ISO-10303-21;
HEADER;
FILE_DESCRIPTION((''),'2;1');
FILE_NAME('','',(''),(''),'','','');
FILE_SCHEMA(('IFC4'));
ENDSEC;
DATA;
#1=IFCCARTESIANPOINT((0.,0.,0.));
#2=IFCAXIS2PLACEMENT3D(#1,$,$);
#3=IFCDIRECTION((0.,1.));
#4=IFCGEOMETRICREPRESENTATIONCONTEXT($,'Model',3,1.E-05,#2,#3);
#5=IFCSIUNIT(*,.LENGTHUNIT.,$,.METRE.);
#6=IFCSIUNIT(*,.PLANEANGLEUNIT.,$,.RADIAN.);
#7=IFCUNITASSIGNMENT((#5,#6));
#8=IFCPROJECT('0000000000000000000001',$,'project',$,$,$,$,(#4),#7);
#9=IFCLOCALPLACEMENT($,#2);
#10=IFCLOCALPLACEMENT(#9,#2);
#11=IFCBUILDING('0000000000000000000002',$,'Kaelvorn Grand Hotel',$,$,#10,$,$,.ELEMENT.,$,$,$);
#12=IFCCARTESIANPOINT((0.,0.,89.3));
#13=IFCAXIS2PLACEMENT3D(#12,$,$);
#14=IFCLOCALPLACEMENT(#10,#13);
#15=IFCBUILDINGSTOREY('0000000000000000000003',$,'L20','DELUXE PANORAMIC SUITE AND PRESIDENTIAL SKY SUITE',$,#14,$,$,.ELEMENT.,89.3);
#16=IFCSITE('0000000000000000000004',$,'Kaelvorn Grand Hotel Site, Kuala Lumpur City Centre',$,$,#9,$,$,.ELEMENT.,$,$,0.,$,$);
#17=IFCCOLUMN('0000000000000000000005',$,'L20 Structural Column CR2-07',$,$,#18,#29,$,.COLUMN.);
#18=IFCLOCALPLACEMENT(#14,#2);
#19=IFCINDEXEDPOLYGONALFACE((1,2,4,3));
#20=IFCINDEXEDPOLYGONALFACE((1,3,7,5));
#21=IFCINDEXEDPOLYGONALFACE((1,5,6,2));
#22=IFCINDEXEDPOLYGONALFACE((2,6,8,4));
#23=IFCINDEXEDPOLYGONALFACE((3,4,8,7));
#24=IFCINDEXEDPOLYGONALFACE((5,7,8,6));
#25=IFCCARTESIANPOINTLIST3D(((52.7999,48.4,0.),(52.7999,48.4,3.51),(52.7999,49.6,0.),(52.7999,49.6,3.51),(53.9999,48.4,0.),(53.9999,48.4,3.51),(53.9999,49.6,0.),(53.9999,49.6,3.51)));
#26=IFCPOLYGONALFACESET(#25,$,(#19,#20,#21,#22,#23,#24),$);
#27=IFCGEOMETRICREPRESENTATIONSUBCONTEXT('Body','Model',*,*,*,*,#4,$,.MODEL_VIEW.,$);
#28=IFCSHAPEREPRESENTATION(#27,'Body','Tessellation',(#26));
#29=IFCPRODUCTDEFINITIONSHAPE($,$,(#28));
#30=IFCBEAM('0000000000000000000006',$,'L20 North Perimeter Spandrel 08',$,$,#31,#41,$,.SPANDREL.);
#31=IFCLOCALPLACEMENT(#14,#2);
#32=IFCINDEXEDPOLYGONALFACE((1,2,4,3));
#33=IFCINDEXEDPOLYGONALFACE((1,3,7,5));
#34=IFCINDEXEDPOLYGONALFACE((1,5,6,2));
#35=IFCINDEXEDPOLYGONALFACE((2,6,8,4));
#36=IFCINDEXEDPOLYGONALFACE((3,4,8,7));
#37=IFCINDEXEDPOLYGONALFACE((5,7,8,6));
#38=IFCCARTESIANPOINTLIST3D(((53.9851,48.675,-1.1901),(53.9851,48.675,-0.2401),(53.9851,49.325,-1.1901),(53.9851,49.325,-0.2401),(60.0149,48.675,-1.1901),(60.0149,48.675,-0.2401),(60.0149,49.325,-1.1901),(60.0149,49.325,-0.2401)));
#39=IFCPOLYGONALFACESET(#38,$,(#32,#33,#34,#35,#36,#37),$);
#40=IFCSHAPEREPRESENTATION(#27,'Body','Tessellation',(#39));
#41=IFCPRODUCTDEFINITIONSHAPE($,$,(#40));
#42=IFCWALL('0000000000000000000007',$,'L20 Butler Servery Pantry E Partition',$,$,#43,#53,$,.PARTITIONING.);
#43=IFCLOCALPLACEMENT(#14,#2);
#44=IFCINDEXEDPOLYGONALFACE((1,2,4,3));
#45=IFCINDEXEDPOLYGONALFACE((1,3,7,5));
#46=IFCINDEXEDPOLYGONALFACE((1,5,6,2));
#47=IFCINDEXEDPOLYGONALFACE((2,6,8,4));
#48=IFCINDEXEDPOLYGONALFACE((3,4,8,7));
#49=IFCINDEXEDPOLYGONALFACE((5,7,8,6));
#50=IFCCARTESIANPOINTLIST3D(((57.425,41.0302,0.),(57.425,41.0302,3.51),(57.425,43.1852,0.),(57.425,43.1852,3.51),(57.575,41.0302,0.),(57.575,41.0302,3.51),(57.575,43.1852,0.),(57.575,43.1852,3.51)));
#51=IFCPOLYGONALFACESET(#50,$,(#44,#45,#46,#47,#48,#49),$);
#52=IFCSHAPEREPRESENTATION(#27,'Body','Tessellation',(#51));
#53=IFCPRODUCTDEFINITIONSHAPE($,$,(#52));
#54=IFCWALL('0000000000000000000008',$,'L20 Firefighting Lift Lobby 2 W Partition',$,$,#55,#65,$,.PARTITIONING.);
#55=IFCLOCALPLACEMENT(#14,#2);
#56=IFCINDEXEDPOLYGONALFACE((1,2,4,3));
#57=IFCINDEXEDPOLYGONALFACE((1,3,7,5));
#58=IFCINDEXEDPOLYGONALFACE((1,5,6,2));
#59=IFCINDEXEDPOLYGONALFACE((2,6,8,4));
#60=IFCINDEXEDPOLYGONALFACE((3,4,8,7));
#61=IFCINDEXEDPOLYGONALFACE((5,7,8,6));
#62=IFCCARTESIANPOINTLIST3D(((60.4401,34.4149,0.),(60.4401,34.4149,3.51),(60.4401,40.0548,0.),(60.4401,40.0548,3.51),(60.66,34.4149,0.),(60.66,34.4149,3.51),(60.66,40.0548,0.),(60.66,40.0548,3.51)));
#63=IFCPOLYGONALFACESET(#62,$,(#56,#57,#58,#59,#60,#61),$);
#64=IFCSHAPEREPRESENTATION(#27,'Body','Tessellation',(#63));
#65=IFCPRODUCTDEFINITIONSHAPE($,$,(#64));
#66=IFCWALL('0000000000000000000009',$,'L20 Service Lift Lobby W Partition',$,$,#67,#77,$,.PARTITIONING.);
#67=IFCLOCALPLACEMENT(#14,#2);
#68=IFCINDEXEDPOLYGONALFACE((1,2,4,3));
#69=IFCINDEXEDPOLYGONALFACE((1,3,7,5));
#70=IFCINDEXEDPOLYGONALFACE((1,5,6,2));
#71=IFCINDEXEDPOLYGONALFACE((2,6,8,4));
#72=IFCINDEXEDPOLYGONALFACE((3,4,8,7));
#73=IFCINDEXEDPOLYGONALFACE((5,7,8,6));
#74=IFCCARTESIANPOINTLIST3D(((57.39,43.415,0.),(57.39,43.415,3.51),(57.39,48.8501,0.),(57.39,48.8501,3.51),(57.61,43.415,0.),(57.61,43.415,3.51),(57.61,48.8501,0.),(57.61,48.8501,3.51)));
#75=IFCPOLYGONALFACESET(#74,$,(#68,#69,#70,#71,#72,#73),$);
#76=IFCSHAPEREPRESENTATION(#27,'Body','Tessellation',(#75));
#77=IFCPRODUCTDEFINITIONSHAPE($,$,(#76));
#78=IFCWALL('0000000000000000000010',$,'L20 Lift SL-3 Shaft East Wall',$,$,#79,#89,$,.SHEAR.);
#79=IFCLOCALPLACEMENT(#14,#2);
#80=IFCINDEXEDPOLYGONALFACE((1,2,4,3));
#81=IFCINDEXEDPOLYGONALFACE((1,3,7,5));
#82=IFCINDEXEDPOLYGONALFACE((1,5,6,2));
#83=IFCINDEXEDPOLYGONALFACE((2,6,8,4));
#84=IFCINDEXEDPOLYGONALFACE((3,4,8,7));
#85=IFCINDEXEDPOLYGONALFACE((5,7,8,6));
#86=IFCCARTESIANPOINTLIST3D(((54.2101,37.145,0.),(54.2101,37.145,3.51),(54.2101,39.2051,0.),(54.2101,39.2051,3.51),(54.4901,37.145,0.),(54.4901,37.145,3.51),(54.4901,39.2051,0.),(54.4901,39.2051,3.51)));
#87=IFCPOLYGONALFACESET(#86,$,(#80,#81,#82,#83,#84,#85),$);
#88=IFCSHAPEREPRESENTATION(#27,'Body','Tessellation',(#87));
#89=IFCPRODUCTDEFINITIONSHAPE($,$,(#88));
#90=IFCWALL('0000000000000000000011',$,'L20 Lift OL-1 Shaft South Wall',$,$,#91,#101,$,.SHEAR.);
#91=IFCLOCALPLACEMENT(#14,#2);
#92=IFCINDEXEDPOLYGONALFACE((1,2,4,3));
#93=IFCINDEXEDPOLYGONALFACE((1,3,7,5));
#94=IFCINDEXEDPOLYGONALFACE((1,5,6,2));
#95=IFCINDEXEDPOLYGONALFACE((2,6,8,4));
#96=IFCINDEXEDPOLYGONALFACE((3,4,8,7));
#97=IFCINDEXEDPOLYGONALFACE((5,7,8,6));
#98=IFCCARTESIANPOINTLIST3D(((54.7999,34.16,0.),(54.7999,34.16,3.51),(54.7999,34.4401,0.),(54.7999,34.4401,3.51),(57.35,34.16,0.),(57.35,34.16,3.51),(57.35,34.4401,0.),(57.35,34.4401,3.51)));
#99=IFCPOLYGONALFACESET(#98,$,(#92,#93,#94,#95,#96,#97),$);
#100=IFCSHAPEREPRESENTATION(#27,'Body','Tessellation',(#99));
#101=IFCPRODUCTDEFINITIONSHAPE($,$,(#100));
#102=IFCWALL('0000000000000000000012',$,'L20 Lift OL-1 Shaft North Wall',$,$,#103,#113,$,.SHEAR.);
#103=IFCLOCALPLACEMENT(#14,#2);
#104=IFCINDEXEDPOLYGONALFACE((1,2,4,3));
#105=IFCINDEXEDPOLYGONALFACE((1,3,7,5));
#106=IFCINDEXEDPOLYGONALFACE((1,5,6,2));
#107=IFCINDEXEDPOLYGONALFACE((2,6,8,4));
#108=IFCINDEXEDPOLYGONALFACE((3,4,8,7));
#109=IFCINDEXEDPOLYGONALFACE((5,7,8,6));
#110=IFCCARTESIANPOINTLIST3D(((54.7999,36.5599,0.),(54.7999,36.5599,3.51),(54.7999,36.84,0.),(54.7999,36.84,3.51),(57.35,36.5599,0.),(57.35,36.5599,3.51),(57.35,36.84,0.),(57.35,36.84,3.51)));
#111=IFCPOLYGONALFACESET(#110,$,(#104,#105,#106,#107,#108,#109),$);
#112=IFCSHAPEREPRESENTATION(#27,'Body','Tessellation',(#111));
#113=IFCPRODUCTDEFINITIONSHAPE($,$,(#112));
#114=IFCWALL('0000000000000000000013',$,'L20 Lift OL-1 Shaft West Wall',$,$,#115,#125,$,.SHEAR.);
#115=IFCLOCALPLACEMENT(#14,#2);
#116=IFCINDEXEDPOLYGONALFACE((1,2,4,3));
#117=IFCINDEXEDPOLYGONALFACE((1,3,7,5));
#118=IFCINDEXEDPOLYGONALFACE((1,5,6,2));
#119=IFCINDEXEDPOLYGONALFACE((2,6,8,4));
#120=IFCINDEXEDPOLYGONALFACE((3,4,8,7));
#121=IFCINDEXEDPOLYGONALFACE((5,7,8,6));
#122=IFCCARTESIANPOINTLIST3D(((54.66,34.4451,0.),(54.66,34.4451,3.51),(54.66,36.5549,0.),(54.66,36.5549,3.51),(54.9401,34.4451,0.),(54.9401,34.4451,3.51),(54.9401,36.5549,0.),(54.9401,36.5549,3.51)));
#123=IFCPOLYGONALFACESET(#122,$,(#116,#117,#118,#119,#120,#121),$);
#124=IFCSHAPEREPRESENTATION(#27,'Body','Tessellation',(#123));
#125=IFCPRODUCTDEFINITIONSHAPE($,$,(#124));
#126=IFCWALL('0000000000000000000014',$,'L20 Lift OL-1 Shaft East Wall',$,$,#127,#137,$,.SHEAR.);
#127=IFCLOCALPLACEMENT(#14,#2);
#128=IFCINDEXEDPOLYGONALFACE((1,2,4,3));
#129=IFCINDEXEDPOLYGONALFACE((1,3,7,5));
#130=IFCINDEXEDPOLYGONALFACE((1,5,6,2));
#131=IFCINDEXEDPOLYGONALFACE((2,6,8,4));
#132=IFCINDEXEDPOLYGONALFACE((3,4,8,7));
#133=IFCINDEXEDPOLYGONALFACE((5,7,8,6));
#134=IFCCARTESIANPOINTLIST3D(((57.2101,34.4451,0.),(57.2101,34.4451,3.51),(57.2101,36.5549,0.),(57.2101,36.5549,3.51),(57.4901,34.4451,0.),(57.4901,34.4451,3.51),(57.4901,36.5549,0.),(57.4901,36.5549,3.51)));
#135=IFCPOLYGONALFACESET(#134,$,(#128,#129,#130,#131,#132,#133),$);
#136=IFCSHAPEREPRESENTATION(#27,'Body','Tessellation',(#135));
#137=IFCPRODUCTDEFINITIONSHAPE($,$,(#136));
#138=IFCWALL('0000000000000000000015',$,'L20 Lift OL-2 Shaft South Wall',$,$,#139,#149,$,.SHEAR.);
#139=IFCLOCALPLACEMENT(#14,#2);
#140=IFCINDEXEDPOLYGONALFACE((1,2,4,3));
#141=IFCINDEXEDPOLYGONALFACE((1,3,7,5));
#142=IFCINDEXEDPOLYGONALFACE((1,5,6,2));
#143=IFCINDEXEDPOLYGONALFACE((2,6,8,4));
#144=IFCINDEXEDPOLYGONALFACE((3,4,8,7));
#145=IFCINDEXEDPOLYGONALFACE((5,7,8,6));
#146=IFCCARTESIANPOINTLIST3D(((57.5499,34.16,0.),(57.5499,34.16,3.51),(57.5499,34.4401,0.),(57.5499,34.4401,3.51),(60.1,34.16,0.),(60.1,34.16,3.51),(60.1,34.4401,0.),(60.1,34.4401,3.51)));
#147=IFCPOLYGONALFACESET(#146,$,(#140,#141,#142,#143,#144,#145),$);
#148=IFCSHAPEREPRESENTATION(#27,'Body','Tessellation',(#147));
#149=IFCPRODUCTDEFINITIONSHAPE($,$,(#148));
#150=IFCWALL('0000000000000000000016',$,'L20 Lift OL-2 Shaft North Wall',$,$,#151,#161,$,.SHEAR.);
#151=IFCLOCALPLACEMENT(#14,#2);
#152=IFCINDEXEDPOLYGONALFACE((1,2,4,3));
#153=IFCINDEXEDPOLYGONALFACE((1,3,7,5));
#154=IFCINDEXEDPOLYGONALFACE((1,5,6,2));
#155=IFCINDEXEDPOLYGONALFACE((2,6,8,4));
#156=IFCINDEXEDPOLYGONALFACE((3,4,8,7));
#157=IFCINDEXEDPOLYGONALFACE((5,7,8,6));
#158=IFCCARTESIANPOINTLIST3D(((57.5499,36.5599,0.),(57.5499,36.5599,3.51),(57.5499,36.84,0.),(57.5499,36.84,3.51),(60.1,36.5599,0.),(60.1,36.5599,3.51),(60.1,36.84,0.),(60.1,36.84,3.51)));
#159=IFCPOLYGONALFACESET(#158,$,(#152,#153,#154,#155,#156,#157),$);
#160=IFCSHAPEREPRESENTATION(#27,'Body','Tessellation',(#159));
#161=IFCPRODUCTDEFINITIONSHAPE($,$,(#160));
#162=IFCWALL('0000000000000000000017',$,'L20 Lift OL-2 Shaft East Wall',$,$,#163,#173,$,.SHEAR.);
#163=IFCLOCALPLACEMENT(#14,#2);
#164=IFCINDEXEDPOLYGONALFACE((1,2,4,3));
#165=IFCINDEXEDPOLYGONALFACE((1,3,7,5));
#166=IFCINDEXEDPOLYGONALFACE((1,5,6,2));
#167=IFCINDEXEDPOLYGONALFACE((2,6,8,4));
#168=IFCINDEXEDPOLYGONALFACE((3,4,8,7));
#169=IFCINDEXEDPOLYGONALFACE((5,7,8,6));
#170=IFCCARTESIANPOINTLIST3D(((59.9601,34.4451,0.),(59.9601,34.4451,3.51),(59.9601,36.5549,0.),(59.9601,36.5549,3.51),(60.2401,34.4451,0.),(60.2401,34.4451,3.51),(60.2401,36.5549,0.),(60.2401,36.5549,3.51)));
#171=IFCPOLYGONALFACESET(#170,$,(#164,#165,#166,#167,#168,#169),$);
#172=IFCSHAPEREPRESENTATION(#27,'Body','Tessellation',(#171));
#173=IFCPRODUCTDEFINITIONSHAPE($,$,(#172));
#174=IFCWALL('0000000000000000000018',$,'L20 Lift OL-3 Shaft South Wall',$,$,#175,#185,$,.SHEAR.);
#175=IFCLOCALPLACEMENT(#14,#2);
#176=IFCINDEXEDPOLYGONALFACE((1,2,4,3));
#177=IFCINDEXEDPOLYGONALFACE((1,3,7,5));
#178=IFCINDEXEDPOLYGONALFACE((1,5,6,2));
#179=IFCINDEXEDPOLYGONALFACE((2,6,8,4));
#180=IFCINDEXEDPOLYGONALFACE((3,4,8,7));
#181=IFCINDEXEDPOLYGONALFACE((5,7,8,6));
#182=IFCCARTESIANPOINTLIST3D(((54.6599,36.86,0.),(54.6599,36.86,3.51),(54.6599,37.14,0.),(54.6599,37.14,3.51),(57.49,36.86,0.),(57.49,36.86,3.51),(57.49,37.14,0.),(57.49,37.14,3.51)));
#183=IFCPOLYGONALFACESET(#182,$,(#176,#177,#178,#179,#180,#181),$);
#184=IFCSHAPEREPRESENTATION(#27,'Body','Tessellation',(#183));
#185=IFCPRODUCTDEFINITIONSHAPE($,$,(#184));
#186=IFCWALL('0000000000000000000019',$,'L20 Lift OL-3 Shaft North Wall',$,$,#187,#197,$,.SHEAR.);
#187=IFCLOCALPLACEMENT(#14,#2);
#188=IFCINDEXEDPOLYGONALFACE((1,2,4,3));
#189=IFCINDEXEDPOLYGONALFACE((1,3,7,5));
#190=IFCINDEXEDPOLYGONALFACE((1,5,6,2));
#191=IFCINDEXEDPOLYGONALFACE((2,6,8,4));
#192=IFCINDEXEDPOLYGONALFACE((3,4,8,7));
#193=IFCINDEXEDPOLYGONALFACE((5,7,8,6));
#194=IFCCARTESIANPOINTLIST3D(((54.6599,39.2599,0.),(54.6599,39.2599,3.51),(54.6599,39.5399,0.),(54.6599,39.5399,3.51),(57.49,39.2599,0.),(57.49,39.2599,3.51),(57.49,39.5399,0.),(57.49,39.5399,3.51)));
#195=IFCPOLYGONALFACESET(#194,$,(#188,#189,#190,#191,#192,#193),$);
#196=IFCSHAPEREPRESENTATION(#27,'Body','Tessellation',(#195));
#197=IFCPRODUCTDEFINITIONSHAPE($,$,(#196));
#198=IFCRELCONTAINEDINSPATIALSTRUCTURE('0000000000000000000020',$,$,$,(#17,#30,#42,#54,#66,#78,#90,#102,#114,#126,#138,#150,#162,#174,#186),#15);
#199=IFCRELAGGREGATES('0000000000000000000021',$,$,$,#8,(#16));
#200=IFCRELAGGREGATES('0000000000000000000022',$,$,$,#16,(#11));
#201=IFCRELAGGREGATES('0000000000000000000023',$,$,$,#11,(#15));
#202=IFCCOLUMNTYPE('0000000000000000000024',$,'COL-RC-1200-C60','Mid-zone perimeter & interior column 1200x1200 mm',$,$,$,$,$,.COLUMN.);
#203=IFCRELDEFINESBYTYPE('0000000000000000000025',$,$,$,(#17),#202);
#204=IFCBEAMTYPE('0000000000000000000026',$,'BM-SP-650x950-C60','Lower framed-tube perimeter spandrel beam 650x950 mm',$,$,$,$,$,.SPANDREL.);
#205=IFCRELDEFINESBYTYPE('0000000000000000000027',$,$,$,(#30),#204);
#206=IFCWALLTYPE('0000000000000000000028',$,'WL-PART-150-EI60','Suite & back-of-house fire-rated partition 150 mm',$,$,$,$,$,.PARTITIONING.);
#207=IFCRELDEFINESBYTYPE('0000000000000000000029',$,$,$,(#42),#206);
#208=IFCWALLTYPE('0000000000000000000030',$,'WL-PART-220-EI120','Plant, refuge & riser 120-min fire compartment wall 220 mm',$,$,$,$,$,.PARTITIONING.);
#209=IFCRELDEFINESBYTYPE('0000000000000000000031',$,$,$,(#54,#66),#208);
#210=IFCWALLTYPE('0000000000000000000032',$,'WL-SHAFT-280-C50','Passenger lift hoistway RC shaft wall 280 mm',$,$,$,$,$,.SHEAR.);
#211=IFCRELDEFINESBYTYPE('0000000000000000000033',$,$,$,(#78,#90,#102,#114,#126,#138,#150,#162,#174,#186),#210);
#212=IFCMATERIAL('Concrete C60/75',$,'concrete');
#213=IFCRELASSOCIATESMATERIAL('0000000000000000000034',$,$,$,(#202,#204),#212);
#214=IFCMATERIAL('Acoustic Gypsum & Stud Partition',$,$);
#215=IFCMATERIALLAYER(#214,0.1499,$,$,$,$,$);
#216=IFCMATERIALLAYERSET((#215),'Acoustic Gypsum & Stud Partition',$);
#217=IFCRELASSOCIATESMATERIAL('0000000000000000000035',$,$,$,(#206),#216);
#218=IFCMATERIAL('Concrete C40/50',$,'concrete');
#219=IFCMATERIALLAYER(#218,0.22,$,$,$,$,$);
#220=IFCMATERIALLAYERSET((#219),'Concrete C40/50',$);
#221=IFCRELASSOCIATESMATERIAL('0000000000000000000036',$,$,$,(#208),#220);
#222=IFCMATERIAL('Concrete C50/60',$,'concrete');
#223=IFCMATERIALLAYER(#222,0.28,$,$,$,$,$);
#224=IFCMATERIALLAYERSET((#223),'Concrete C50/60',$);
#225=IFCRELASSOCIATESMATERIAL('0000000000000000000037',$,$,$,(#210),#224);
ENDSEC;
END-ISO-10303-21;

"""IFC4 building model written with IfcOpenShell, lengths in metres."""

from ifc_helpers import new_model, si_unit, direction, frame, frame_2d, origin, origin_2d, place, context, subcontext, project, spatial, rectangle, extrude, material, layer, layer_set, material_profile, profile_set, type_object, element, save


model = new_model("IFC4")

# Units and contexts
model_context = context("Model", 3, precision=1e-05, world=origin(), true_north=direction((0.0, 1.0)))
body_context = subcontext(model_context, "Body", "Model", "MODEL_VIEW")
ifc_project = project(units=[si_unit("LENGTHUNIT", "METRE"), si_unit("PLANEANGLEUNIT", "RADIAN")], contexts=[model_context])

# Site, building, storey
site_placement = place(None, origin())
site = spatial("IfcSite", under=ifc_project, at=site_placement, Name="Kaelvorn Grand Hotel Site, Kuala Lumpur City Centre", CompositionType="ELEMENT", RefElevation=0.0)
building_placement = place(site_placement, origin())
building = spatial("IfcBuilding", under=site, at=building_placement, Name="Kaelvorn Grand Hotel", CompositionType="ELEMENT")
storey_placement = place(building_placement, frame((0.0, 0.0, 89.3)))
storey = spatial("IfcBuildingStorey", under=building, at=storey_placement, Name="L20", Description="DELUXE PANORAMIC SUITE AND PRESIDENTIAL SKY SUITE", CompositionType="ELEMENT", Elevation=89.3)

# Column
ifc_material_1 = material(Name="Concrete C60/75", Category="concrete")
ifc_material_profile_1 = material_profile(ifc_material_1, rectangle(XDim=1.2, YDim=1.2, at=origin_2d()), Name="RC COL 1200x1200")
ifc_profile_set_1 = profile_set([ifc_material_profile_1], Name="Concrete C60/75")
column_type = type_object("IfcColumnType", Name="COL-RC-1200-C60", Description="Mid-zone perimeter & interior column 1200x1200 mm", PredefinedType="COLUMN", material=ifc_profile_set_1)
column_placement = place(storey_placement, frame((53.3999, 49.0, 0.0), z_axis=(0.0, 0.0, 1.0), x_axis=(1.0, 0.0, 0.0)))
element("IfcColumn", 1, at=column_placement, inside=storey, type_object=column_type, Name="L20 Structural Column CR2-07", PredefinedType="COLUMN", context=body_context, shape_type="SweptSolid", body=[
    extrude(rectangle(XDim=1.2, YDim=1.2, at=origin_2d()), origin(), (0.0, 0.0, 1.0), 3.51),
])

# Beam
ifc_material_profile_2 = material_profile(ifc_material_1, rectangle(XDim=0.6499, YDim=0.95, at=origin_2d()), Name="RC SPANDREL 650x950")
ifc_profile_set_2 = profile_set([ifc_material_profile_2], Name="Concrete C60/75")
beam_type = type_object("IfcBeamType", Name="BM-SP-650x950-C60", Description="Lower framed-tube perimeter spandrel beam 650x950 mm", PredefinedType="SPANDREL", material=ifc_profile_set_2)
beam_placement = place(storey_placement, frame((53.9851, 49.0, -0.7151), z_axis=(1.0, 0.0, 0.0), x_axis=(0.0, 1.0, 0.0)))
element("IfcBeam", 2, at=beam_placement, inside=storey, type_object=beam_type, Name="L20 North Perimeter Spandrel 08", PredefinedType="SPANDREL", context=body_context, shape_type="SweptSolid", body=[
    extrude(rectangle(XDim=0.6499, YDim=0.95, at=origin_2d()), origin(), (0.0, 0.0, 1.0), 6.0298),
])

# Wall
ifc_material_2 = material(Name="Acoustic Gypsum & Stud Partition")
ifc_layer_1 = layer(ifc_material_2, 0.1499)
ifc_layer_set_1 = layer_set([ifc_layer_1], Name="Acoustic Gypsum & Stud Partition")
wall_type_1 = type_object("IfcWallType", Name="WL-PART-150-EI60", Description="Suite & back-of-house fire-rated partition 150 mm", PredefinedType="PARTITIONING", material=ifc_layer_set_1)
wall_1_placement = place(storey_placement, frame((57.5, 41.03, 0.0), z_axis=(0.0, 0.0, 1.0), x_axis=(0.0, 1.0, 0.0)))
element("IfcWall", 3, at=wall_1_placement, inside=storey, type_object=wall_type_1, Name="L20 Butler Servery Pantry E Partition", PredefinedType="PARTITIONING", context=body_context, shape_type="SweptSolid", body=[
    extrude(rectangle(XDim=2.155, YDim=0.1499, at=frame_2d((1.0776, 0.0))), origin(), (0.0, 0.0, 1.0), 3.51),
])

# Shared definitions
ifc_material_3 = material(Name="Concrete C40/50", Category="concrete")
ifc_layer_2 = layer(ifc_material_3, 0.22)
ifc_layer_set_2 = layer_set([ifc_layer_2], Name="Concrete C40/50")
wall_type_2 = type_object("IfcWallType", Name="WL-PART-220-EI120", Description="Plant, refuge & riser 120-min fire compartment wall 220 mm", PredefinedType="PARTITIONING", material=ifc_layer_set_2)

# Wall
wall_2_placement = place(storey_placement, frame((60.55, 34.415, 0.0), z_axis=(0.0, 0.0, 1.0), x_axis=(0.0, 1.0, 0.0)))
element("IfcWall", 4, at=wall_2_placement, inside=storey, type_object=wall_type_2, Name="L20 Firefighting Lift Lobby 2 W Partition", PredefinedType="PARTITIONING", context=body_context, shape_type="SweptSolid", body=[
    extrude(rectangle(XDim=5.6399, YDim=0.22, at=frame_2d((2.8198, 0.0))), origin(), (0.0, 0.0, 1.0), 3.51),
])

# Walls
wall_3_placement = place(storey_placement, frame((57.5, 43.415, 0.0), z_axis=(0.0, 0.0, 1.0), x_axis=(0.0, 1.0, 0.0)))
element("IfcWall", 5, at=wall_3_placement, inside=storey, type_object=wall_type_2, Name="L20 Service Lift Lobby W Partition", PredefinedType="PARTITIONING", context=body_context, shape_type="SweptSolid", body=[
    extrude(rectangle(XDim=5.4351, YDim=0.22, at=frame_2d((2.7175, 0.0))), origin(), (0.0, 0.0, 1.0), 3.51),
])
ifc_material_4 = material(Name="Concrete C50/60", Category="concrete")
ifc_layer_3 = layer(ifc_material_4, 0.28)
ifc_layer_set_3 = layer_set([ifc_layer_3], Name="Concrete C50/60")
wall_type_3 = type_object("IfcWallType", Name="WL-SHAFT-280-C50", Description="Passenger lift hoistway RC shaft wall 280 mm", PredefinedType="SHEAR", material=ifc_layer_set_3)
wall_4_placement = place(storey_placement, frame((54.3501, 37.145, 0.0), z_axis=(0.0, 0.0, 1.0), x_axis=(0.0, 1.0, 0.0)))
element("IfcWall", 6, at=wall_4_placement, inside=storey, type_object=wall_type_3, Name="L20 Lift SL-3 Shaft East Wall", PredefinedType="SHEAR", context=body_context, shape_type="SweptSolid", body=[
    extrude(rectangle(XDim=2.0601, YDim=0.28, at=frame_2d((1.03, 0.0))), origin(), (0.0, 0.0, 1.0), 3.51),
])
for number, where, z_axis, x_axis, name in (
    (7, (54.8, 34.3, 0.0), (0.0, 0.0, 1.0), (1.0, 0.0, 0.0), "L20 Lift OL-1 Shaft South Wall"),
    (8, (54.8, 36.7, 0.0), (0.0, 0.0, 1.0), (1.0, 0.0, 0.0), "L20 Lift OL-1 Shaft North Wall"),
):
    element("IfcWall", number, at=place(storey_placement, frame(where, z_axis=z_axis, x_axis=x_axis)), inside=storey, type_object=wall_type_3, Name=name, PredefinedType="SHEAR", context=body_context, shape_type="SweptSolid", body=[
        extrude(rectangle(XDim=2.55, YDim=0.28, at=frame_2d((1.2749, 0.0))), origin(), (0.0, 0.0, 1.0), 3.51),
    ])
for number, where, z_axis, x_axis, name in (
    (9, (54.8, 34.4451, 0.0), (0.0, 0.0, 1.0), (0.0, 1.0, 0.0), "L20 Lift OL-1 Shaft West Wall"),
    (10, (57.3501, 34.4451, 0.0), (0.0, 0.0, 1.0), (0.0, 1.0, 0.0), "L20 Lift OL-1 Shaft East Wall"),
):
    element("IfcWall", number, at=place(storey_placement, frame(where, z_axis=z_axis, x_axis=x_axis)), inside=storey, type_object=wall_type_3, Name=name, PredefinedType="SHEAR", context=body_context, shape_type="SweptSolid", body=[
        extrude(rectangle(XDim=2.1099, YDim=0.28, at=frame_2d((1.0549, 0.0))), origin(), (0.0, 0.0, 1.0), 3.51),
    ])
for number, where, z_axis, x_axis, name in (
    (11, (57.55, 34.3, 0.0), (0.0, 0.0, 1.0), (1.0, 0.0, 0.0), "L20 Lift OL-2 Shaft South Wall"),
    (12, (57.55, 36.7, 0.0), (0.0, 0.0, 1.0), (1.0, 0.0, 0.0), "L20 Lift OL-2 Shaft North Wall"),
):
    element("IfcWall", number, at=place(storey_placement, frame(where, z_axis=z_axis, x_axis=x_axis)), inside=storey, type_object=wall_type_3, Name=name, PredefinedType="SHEAR", context=body_context, shape_type="SweptSolid", body=[
        extrude(rectangle(XDim=2.55, YDim=0.28, at=frame_2d((1.2749, 0.0))), origin(), (0.0, 0.0, 1.0), 3.51),
    ])
wall_5_placement = place(storey_placement, frame((60.1001, 34.4451, 0.0), z_axis=(0.0, 0.0, 1.0), x_axis=(0.0, 1.0, 0.0)))
element("IfcWall", 13, at=wall_5_placement, inside=storey, type_object=wall_type_3, Name="L20 Lift OL-2 Shaft East Wall", PredefinedType="SHEAR", context=body_context, shape_type="SweptSolid", body=[
    extrude(rectangle(XDim=2.1099, YDim=0.28, at=frame_2d((1.0549, 0.0))), origin(), (0.0, 0.0, 1.0), 3.51),
])
for number, where, z_axis, x_axis, name in (
    (14, (54.6599, 37.0, 0.0), (0.0, 0.0, 1.0), (1.0, 0.0, 0.0), "L20 Lift OL-3 Shaft South Wall"),
    (15, (54.6599, 39.3999, 0.0), (0.0, 0.0, 1.0), (1.0, 0.0, 0.0), "L20 Lift OL-3 Shaft North Wall"),
):
    element("IfcWall", number, at=place(storey_placement, frame(where, z_axis=z_axis, x_axis=x_axis)), inside=storey, type_object=wall_type_3, Name=name, PredefinedType="SHEAR", context=body_context, shape_type="SweptSolid", body=[
        extrude(rectangle(XDim=2.8301, YDim=0.28, at=frame_2d((1.415, 0.0))), origin(), (0.0, 0.0, 1.0), 3.51),
    ])

save(model, "model.ifc")
